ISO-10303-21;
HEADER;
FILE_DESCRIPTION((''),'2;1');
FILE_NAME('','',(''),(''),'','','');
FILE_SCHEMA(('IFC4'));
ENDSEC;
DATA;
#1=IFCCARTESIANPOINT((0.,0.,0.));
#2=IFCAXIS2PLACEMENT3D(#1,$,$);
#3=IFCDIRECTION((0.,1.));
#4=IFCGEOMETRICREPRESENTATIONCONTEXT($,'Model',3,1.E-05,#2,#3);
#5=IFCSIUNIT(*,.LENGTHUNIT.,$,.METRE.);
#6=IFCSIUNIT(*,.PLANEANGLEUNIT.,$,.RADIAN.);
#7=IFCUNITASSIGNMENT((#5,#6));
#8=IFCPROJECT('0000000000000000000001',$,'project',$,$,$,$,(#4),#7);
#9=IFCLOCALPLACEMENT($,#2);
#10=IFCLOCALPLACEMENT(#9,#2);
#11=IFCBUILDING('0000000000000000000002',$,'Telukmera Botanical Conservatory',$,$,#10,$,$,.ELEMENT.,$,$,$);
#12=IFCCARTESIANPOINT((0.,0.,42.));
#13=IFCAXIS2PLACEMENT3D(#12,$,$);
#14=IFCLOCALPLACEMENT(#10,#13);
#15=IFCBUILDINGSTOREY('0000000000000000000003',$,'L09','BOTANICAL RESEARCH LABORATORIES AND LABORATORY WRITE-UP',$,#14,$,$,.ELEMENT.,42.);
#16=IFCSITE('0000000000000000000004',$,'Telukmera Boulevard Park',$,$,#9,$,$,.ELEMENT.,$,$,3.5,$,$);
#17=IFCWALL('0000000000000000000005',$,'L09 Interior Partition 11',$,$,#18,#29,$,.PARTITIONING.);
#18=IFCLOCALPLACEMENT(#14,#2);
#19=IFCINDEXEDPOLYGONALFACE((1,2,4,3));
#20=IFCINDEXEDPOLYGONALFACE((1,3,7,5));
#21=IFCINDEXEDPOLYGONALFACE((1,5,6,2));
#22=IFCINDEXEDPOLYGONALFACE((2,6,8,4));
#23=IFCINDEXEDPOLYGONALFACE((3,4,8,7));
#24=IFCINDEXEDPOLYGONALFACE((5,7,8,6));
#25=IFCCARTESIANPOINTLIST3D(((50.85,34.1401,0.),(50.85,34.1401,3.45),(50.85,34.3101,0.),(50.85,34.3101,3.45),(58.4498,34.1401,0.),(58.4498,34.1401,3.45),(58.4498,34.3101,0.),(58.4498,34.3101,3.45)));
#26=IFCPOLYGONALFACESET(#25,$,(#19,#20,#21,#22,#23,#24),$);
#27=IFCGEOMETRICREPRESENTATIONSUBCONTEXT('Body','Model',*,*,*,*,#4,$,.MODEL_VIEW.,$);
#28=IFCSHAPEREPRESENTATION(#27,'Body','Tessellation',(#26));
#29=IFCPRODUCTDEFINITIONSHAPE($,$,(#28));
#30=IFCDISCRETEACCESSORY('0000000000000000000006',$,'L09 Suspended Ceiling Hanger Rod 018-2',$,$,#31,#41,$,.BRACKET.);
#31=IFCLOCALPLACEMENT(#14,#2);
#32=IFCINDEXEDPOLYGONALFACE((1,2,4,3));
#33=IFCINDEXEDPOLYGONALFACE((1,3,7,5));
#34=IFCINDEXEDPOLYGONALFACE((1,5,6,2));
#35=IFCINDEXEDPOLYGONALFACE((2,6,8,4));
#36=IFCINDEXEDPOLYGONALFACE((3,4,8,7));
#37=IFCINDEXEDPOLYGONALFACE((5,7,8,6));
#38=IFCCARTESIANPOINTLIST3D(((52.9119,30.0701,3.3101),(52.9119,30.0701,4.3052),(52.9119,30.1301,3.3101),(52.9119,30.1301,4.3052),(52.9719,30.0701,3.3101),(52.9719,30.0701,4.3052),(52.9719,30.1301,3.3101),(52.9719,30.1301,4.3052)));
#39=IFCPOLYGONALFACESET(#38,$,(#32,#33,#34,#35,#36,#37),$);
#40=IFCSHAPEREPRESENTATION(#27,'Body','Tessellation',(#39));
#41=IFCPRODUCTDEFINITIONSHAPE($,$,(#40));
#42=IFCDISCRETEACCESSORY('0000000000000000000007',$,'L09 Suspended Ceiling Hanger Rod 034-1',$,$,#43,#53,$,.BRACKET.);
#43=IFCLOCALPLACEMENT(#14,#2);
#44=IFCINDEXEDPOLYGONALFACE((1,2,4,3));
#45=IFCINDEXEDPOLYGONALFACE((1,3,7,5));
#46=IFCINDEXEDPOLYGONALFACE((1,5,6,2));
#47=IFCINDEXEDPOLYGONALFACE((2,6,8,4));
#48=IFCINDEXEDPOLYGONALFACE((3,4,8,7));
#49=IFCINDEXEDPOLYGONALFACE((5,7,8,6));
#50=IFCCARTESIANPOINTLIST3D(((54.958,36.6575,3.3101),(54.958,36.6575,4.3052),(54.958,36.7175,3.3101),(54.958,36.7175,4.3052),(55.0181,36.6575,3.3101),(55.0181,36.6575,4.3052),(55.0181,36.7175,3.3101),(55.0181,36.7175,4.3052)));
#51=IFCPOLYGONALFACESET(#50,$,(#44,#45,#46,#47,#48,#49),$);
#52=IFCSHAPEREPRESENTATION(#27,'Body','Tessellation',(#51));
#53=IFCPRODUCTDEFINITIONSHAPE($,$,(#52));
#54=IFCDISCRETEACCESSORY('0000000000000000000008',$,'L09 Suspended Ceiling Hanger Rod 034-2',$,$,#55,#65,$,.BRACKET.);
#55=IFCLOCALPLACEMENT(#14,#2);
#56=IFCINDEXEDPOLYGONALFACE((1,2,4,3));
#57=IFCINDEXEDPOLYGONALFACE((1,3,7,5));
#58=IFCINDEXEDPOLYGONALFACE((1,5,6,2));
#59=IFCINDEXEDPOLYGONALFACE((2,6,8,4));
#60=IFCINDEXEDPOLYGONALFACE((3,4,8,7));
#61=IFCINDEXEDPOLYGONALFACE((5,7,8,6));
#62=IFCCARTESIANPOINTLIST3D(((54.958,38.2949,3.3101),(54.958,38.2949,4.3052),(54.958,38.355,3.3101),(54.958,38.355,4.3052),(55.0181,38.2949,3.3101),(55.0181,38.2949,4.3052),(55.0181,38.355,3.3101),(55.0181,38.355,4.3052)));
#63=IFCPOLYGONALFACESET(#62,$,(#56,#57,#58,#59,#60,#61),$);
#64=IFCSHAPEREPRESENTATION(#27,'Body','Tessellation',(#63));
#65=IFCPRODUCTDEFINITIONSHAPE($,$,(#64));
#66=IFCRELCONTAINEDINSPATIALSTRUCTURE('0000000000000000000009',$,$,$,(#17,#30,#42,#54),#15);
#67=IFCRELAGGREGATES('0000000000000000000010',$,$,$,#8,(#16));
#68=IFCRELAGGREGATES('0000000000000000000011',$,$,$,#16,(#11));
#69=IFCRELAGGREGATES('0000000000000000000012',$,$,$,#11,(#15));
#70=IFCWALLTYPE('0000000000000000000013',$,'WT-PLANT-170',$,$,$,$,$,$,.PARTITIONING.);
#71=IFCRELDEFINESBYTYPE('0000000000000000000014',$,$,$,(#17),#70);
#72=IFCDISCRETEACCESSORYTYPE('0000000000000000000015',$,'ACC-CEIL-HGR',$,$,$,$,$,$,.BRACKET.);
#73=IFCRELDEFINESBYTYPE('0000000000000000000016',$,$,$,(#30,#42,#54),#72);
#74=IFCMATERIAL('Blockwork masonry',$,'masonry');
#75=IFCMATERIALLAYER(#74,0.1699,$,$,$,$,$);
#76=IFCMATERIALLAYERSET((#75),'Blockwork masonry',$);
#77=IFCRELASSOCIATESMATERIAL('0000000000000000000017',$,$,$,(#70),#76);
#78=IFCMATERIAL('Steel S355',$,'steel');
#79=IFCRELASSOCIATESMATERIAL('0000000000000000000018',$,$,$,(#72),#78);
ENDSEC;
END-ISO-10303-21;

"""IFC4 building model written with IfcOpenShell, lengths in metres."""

from ifc_helpers import new_model, si_unit, direction, frame, frame_2d, origin, origin_2d, place, context, subcontext, project, spatial, rectangle, extrude, material, layer, layer_set, type_object, element, save


model = new_model("IFC4")

# Units and contexts
model_context = context("Model", 3, precision=1e-05, world=origin(), true_north=direction((0.0, 1.0)))
body_context = subcontext(model_context, "Body", "Model", "MODEL_VIEW")
ifc_project = project(units=[si_unit("LENGTHUNIT", "METRE"), si_unit("PLANEANGLEUNIT", "RADIAN")], contexts=[model_context])

# Site, building, storey
site_placement = place(None, origin())
site = spatial("IfcSite", under=ifc_project, at=site_placement, Name="Telukmera Boulevard Park", CompositionType="ELEMENT", RefElevation=3.5)
building_placement = place(site_placement, origin())
building = spatial("IfcBuilding", under=site, at=building_placement, Name="Telukmera Botanical Conservatory", CompositionType="ELEMENT")
storey_placement = place(building_placement, frame((0.0, 0.0, 42.0)))
storey = spatial("IfcBuildingStorey", under=building, at=storey_placement, Name="L09", Description="BOTANICAL RESEARCH LABORATORIES AND LABORATORY WRITE-UP", CompositionType="ELEMENT", Elevation=42.0)

# Wall
ifc_material_1 = material(Name="Blockwork masonry", Category="masonry")
ifc_layer_1 = layer(ifc_material_1, 0.1699)
ifc_layer_set_1 = layer_set([ifc_layer_1], Name="Blockwork masonry")
wall_type = type_object("IfcWallType", Name="WT-PLANT-170", PredefinedType="PARTITIONING", material=ifc_layer_set_1)
wall_placement = place(storey_placement, frame((50.8501, 34.2251, 0.0), z_axis=(0.0, 0.0, 1.0), x_axis=(1.0, 0.0, 0.0)))
element("IfcWall", 1, at=wall_placement, inside=storey, type_object=wall_type, Name="L09 Interior Partition 11", PredefinedType="PARTITIONING", context=body_context, shape_type="SweptSolid", body=[
    extrude(rectangle(XDim=7.5999, YDim=0.1699, at=frame_2d((3.7998, 0.0))), origin(), (0.0, 0.0, 1.0), 3.45),
])

# Discrete accessories
ifc_material_2 = material(Name="Steel S355", Category="steel")
discrete_accessory_type = type_object("IfcDiscreteAccessoryType", Name="ACC-CEIL-HGR", PredefinedType="BRACKET", material=ifc_material_2)
for number, where, z_axis, x_axis, name in (
    (2, (52.9419, 30.1001, 3.3101), (0.0, 0.0, 1.0), (1.0, 0.0, 0.0), "L09 Suspended Ceiling Hanger Rod 018-2"),
    (3, (54.988, 36.6875, 3.3101), (0.0, 0.0, 1.0), (1.0, 0.0, 0.0), "L09 Suspended Ceiling Hanger Rod 034-1"),
    (4, (54.988, 38.325, 3.3101), (0.0, 0.0, 1.0), (1.0, 0.0, 0.0), "L09 Suspended Ceiling Hanger Rod 034-2"),
):
    element("IfcDiscreteAccessory", number, at=place(storey_placement, frame(where, z_axis=z_axis, x_axis=x_axis)), inside=storey, type_object=discrete_accessory_type, Name=name, PredefinedType="BRACKET", context=body_context, shape_type="SweptSolid", body=[
        extrude(rectangle(XDim=0.0601, YDim=0.0601, at=origin_2d()), origin(), (0.0, 0.0, 1.0), 0.9951),
    ])

save(model, "model.ifc")
